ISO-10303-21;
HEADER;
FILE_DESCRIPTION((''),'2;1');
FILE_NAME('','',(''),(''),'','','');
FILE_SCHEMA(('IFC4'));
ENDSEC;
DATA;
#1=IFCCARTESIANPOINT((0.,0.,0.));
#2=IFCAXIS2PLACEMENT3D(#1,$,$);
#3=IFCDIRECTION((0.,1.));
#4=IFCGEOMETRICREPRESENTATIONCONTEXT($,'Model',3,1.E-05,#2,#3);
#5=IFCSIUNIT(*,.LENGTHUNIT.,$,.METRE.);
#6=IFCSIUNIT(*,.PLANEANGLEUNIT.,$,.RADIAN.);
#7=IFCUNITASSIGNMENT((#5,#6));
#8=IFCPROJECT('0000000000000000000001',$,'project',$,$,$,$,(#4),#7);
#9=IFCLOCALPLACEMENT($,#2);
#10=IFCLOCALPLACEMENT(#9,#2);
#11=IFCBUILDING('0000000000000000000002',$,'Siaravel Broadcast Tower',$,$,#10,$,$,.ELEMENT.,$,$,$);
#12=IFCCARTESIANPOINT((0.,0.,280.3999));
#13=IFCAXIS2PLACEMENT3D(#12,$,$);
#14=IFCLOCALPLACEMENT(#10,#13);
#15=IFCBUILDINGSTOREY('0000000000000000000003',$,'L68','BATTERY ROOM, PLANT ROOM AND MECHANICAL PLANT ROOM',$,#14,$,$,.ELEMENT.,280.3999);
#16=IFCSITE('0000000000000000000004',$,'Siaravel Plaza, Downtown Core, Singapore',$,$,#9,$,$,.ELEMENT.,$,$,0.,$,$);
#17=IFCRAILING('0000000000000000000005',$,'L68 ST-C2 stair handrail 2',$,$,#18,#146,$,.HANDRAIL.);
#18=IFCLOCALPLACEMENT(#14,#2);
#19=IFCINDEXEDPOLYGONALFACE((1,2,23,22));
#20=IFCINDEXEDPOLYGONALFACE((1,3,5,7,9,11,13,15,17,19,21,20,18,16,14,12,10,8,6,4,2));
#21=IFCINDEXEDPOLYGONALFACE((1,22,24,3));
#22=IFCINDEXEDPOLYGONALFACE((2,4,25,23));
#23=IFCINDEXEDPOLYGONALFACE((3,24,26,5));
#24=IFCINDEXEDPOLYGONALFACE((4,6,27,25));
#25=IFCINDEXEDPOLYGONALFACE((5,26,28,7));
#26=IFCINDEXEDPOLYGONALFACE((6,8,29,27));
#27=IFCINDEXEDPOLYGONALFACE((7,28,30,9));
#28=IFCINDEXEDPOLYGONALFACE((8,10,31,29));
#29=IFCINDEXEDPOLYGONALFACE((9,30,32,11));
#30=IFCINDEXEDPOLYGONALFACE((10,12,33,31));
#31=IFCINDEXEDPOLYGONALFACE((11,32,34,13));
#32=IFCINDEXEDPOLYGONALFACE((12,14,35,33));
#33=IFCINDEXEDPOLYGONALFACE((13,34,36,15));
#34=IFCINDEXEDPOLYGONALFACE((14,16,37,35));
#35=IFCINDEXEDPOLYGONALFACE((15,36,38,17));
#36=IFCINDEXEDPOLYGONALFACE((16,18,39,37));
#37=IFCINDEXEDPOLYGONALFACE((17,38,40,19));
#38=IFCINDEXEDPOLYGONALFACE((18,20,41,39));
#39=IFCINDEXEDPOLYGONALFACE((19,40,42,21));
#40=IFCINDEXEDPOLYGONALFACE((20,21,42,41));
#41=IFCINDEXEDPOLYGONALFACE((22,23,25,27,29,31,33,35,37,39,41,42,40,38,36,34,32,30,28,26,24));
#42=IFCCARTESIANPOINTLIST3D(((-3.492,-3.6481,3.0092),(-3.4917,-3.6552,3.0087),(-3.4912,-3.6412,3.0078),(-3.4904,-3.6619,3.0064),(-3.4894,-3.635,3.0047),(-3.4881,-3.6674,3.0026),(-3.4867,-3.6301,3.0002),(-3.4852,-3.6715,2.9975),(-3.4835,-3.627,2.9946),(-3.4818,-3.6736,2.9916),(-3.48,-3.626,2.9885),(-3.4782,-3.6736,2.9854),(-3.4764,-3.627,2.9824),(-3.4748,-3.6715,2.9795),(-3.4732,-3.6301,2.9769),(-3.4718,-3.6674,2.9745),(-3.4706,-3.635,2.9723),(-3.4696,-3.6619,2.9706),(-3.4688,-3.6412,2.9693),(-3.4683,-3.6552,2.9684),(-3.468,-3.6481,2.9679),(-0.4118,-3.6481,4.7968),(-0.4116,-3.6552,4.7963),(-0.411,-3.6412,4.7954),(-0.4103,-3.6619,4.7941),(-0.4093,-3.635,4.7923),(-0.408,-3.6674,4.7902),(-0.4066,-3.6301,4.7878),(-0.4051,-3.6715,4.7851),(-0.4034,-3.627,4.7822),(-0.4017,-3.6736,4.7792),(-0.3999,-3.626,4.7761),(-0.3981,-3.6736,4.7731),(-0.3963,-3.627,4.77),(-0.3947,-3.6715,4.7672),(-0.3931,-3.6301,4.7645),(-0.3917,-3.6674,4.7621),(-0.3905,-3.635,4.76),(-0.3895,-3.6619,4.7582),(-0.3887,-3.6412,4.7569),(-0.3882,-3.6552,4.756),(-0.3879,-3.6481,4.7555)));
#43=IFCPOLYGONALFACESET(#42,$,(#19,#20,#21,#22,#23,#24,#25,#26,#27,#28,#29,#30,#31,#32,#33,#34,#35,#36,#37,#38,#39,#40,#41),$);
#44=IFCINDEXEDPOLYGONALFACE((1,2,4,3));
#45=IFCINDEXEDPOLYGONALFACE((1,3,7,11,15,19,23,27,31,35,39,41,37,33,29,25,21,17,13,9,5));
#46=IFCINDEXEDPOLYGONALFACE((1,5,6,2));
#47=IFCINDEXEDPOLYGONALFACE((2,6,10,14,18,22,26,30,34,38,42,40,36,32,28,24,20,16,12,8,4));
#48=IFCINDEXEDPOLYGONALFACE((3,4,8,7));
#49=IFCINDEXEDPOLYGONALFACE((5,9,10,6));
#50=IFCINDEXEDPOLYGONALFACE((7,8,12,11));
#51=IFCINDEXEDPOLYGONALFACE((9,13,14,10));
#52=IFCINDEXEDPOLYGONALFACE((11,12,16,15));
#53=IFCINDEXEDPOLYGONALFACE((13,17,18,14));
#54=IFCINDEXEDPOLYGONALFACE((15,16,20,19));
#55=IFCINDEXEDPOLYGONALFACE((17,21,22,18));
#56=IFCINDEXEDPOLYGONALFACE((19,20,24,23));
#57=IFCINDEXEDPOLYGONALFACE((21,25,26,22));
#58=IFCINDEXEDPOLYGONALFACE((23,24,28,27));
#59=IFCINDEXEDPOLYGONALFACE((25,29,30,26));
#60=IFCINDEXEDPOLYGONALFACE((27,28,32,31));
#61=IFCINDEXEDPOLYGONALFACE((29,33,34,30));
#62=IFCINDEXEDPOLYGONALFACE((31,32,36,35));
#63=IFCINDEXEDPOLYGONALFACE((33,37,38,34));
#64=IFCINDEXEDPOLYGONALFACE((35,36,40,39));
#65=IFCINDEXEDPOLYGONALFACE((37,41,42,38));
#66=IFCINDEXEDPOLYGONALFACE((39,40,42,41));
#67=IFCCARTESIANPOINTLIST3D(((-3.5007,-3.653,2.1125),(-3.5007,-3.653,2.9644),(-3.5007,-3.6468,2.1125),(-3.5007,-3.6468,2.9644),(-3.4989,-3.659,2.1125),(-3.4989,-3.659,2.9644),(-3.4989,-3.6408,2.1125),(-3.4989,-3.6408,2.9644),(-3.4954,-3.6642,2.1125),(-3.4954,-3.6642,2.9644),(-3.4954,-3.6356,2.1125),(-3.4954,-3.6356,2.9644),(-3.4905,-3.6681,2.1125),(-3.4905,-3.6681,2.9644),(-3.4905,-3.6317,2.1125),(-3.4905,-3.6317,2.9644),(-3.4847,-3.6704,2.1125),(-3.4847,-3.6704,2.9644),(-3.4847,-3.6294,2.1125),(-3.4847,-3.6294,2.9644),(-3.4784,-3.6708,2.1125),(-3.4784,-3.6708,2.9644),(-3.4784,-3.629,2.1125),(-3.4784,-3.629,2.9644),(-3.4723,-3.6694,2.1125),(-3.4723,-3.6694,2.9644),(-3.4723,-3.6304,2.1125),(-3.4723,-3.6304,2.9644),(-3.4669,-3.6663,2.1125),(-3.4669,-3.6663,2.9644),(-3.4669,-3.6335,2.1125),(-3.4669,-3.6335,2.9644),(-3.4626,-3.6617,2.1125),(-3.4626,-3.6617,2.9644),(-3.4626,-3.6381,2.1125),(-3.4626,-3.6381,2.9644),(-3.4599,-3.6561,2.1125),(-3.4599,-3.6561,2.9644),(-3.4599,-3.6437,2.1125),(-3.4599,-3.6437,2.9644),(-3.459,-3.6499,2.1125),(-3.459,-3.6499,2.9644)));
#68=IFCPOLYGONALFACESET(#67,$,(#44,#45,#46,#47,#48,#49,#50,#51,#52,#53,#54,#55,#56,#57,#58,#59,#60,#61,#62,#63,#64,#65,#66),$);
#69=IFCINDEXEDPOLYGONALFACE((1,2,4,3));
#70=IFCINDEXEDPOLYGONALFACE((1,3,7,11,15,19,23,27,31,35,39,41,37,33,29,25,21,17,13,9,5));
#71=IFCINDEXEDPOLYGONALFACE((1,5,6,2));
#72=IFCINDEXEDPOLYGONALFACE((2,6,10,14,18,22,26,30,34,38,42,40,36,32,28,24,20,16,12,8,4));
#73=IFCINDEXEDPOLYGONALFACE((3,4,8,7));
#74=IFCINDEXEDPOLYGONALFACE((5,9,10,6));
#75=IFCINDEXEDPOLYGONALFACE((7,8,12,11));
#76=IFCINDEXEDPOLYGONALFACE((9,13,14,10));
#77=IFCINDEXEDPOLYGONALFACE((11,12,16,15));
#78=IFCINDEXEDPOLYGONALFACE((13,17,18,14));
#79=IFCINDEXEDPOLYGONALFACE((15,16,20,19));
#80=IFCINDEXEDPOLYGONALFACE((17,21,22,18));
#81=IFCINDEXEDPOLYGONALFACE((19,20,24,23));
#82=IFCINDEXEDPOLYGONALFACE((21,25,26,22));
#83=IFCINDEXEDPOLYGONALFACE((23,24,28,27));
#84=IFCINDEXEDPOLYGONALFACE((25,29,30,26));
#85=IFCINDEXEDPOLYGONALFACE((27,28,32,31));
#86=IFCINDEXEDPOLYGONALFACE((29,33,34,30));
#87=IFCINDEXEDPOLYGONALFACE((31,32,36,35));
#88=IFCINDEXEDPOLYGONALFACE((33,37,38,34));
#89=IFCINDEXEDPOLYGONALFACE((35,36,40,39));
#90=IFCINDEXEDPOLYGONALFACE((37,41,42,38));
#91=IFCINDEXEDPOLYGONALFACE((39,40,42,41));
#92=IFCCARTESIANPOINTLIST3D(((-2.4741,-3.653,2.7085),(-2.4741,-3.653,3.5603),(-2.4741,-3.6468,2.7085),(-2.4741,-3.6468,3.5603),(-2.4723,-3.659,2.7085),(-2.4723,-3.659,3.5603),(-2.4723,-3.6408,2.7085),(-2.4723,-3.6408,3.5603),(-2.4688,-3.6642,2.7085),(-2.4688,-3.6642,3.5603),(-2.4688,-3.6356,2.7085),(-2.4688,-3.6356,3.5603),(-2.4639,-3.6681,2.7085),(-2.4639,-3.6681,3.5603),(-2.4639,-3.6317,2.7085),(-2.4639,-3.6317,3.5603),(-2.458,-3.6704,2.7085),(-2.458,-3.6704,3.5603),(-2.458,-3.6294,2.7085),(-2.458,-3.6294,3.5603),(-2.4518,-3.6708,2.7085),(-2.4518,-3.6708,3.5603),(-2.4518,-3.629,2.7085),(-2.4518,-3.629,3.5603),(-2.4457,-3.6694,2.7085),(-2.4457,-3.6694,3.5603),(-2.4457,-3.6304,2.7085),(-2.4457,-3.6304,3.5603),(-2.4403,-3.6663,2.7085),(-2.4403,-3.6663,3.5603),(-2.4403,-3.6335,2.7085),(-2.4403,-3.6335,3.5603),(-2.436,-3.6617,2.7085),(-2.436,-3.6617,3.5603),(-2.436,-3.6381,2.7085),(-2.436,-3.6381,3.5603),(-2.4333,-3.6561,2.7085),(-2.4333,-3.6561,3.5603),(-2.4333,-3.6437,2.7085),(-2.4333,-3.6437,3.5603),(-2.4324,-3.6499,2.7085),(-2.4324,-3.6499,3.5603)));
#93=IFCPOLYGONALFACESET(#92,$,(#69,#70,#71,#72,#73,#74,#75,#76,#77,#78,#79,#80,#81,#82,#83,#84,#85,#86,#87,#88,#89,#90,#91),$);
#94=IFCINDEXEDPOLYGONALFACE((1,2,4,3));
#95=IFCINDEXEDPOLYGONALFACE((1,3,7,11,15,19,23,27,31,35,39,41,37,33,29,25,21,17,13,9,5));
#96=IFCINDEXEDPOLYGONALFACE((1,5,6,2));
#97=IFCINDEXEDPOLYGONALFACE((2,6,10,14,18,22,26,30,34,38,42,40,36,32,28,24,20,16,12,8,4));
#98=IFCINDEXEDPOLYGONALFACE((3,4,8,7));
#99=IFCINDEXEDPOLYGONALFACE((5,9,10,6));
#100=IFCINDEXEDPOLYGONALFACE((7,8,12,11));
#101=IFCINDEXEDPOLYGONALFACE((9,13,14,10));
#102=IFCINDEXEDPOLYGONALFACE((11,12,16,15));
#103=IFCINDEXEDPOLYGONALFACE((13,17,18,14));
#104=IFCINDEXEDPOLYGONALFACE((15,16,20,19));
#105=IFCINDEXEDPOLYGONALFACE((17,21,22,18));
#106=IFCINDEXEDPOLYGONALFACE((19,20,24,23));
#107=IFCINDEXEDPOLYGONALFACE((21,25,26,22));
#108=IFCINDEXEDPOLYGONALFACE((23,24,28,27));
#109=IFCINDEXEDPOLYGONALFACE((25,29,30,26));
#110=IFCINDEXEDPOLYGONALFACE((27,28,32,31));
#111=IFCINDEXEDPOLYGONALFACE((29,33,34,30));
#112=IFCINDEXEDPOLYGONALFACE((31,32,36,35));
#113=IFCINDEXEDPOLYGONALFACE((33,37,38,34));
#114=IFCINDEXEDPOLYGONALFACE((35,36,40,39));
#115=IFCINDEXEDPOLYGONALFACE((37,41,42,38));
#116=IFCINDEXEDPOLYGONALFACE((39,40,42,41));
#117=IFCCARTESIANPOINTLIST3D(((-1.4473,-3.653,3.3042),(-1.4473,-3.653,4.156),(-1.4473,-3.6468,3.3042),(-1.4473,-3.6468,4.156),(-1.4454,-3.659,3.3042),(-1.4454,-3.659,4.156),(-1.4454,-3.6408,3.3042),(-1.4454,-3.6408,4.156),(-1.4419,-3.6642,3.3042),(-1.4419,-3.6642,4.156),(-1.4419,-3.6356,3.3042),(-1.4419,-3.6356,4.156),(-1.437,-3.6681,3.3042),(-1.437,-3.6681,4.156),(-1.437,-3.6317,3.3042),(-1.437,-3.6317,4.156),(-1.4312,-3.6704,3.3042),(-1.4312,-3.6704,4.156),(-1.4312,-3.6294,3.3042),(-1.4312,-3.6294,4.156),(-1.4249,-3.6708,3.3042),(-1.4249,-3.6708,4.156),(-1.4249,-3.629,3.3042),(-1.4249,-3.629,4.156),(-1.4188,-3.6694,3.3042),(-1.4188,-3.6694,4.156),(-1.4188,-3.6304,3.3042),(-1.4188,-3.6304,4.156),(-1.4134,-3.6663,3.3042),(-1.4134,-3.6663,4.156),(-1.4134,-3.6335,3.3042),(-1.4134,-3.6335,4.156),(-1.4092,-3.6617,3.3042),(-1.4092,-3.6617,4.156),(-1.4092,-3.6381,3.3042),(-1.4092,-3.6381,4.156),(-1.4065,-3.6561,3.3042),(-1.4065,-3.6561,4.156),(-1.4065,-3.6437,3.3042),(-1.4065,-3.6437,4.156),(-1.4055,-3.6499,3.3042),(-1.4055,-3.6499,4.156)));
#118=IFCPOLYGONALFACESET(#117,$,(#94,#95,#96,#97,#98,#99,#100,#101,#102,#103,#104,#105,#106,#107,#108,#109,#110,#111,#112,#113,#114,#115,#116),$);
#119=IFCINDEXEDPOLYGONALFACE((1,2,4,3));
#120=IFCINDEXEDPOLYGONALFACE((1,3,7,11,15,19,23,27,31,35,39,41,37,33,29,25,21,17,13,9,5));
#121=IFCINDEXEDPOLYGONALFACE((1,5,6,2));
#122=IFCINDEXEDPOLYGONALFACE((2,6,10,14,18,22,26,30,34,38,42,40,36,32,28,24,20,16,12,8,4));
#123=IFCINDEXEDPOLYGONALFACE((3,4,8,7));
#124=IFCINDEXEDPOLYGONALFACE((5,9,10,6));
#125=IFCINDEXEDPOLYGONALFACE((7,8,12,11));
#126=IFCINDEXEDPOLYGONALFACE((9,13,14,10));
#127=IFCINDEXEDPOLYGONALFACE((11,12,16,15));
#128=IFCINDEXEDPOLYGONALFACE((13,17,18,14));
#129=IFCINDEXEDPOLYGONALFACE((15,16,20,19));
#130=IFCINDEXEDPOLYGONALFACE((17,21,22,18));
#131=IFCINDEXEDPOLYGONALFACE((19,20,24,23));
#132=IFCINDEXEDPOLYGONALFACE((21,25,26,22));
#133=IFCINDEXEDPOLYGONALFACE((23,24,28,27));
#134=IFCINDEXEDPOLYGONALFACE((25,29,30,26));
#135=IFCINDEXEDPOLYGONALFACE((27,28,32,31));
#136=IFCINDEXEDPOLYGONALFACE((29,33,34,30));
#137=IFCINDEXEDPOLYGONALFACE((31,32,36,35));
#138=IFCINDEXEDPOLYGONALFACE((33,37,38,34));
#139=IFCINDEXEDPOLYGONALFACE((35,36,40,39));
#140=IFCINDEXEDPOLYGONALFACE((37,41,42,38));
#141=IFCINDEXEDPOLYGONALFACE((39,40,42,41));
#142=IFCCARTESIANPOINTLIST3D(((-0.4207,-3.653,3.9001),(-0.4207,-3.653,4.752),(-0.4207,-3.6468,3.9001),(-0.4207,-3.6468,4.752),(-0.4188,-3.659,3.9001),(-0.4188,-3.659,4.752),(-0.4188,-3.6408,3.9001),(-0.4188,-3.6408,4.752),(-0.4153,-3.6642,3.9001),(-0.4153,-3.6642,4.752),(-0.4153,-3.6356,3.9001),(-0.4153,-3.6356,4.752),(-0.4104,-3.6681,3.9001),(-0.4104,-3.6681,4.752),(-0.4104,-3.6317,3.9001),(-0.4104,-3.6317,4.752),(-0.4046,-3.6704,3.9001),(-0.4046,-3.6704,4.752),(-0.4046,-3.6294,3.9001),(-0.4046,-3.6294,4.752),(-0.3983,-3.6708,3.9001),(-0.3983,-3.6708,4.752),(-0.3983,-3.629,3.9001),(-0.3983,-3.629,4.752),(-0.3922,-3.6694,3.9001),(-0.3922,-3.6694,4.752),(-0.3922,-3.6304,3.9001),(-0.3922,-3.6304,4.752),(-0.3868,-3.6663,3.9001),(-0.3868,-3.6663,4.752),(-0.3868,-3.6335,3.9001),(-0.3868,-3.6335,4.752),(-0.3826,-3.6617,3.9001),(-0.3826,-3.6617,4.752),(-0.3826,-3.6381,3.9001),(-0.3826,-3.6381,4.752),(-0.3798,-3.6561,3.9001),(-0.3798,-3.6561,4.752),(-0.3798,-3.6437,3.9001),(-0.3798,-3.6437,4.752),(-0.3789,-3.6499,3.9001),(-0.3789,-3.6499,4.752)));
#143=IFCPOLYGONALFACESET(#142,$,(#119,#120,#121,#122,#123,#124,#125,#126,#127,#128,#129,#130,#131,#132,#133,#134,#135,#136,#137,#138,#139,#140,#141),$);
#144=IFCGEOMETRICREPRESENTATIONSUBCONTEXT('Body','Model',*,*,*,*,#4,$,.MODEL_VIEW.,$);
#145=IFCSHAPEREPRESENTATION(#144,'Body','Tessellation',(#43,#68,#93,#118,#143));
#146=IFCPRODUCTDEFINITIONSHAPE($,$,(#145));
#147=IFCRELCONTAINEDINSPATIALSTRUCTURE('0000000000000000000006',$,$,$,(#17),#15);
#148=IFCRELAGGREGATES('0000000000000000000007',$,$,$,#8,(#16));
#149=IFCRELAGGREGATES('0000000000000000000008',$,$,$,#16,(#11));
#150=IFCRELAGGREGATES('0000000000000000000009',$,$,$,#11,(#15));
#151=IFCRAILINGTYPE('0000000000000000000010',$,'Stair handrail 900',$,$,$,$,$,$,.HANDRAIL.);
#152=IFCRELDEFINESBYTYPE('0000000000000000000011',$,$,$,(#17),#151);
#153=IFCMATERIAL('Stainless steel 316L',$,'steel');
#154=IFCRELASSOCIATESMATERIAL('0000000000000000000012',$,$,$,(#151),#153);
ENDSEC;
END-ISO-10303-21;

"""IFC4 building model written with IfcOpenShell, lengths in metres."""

from ifc_helpers import new_model, si_unit, direction, frame, origin, origin_2d, place, context, subcontext, project, spatial, circle, extrude, material, type_object, element, save


model = new_model("IFC4")

# Units and contexts
model_context = context("Model", 3, precision=1e-05, world=origin(), true_north=direction((0.0, 1.0)))
body_context = subcontext(model_context, "Body", "Model", "MODEL_VIEW")
ifc_project = project(units=[si_unit("LENGTHUNIT", "METRE"), si_unit("PLANEANGLEUNIT", "RADIAN")], contexts=[model_context])

# Site, building, storey
site_placement = place(None, origin())
site = spatial("IfcSite", under=ifc_project, at=site_placement, Name="Siaravel Plaza, Downtown Core, Singapore", CompositionType="ELEMENT", RefElevation=0.0)
building_placement = place(site_placement, origin())
building = spatial("IfcBuilding", under=site, at=building_placement, Name="Siaravel Broadcast Tower", CompositionType="ELEMENT")
storey_placement = place(building_placement, frame((0.0, 0.0, 280.3999)))
storey = spatial("IfcBuildingStorey", under=building, at=storey_placement, Name="L68", Description="BATTERY ROOM, PLANT ROOM AND MECHANICAL PLANT ROOM", CompositionType="ELEMENT", Elevation=280.3999)

# Shared definitions
ifc_material_1 = material(Name="Stainless steel 316L", Category="steel")

# Railing
railing_type_1 = type_object("IfcRailingType", Name="Stair handrail 900", PredefinedType="HANDRAIL", material=ifc_material_1)
railing_1_placement = place(storey_placement, frame((-3.48, -3.6499, 2.1125)))
element("IfcRailing", 1, at=railing_1_placement, inside=storey, type_object=railing_type_1, Name="L68 ST-C2 stair handrail 2", PredefinedType="HANDRAIL", context=body_context, shape_type="SweptSolid", body=[
    extrude(circle(Radius=0.0239, at=origin_2d()), frame((0.0, 0.0, 0.876), z_axis=(0.864891, 0.0, 0.50196), x_axis=(0.0, 1.0, 0.0)), (0.0, 0.0, 1.0), 3.5613),
    extrude(circle(Radius=0.021, at=origin_2d()), origin(), (0.0, 0.0, 1.0), 0.8518),
    extrude(circle(Radius=0.021, at=origin_2d()), frame((1.0266, 0.0, 0.5959)), (0.0, 0.0, 1.0), 0.8518),
    extrude(circle(Radius=0.021, at=origin_2d()), frame((2.0535, 0.0, 1.1917)), (0.0, 0.0, 1.0), 0.8518),
    extrude(circle(Radius=0.021, at=origin_2d()), frame((3.0801, 0.0, 1.7876)), (0.0, 0.0, 1.0), 0.8518),
])

save(model, "model.ifc")
